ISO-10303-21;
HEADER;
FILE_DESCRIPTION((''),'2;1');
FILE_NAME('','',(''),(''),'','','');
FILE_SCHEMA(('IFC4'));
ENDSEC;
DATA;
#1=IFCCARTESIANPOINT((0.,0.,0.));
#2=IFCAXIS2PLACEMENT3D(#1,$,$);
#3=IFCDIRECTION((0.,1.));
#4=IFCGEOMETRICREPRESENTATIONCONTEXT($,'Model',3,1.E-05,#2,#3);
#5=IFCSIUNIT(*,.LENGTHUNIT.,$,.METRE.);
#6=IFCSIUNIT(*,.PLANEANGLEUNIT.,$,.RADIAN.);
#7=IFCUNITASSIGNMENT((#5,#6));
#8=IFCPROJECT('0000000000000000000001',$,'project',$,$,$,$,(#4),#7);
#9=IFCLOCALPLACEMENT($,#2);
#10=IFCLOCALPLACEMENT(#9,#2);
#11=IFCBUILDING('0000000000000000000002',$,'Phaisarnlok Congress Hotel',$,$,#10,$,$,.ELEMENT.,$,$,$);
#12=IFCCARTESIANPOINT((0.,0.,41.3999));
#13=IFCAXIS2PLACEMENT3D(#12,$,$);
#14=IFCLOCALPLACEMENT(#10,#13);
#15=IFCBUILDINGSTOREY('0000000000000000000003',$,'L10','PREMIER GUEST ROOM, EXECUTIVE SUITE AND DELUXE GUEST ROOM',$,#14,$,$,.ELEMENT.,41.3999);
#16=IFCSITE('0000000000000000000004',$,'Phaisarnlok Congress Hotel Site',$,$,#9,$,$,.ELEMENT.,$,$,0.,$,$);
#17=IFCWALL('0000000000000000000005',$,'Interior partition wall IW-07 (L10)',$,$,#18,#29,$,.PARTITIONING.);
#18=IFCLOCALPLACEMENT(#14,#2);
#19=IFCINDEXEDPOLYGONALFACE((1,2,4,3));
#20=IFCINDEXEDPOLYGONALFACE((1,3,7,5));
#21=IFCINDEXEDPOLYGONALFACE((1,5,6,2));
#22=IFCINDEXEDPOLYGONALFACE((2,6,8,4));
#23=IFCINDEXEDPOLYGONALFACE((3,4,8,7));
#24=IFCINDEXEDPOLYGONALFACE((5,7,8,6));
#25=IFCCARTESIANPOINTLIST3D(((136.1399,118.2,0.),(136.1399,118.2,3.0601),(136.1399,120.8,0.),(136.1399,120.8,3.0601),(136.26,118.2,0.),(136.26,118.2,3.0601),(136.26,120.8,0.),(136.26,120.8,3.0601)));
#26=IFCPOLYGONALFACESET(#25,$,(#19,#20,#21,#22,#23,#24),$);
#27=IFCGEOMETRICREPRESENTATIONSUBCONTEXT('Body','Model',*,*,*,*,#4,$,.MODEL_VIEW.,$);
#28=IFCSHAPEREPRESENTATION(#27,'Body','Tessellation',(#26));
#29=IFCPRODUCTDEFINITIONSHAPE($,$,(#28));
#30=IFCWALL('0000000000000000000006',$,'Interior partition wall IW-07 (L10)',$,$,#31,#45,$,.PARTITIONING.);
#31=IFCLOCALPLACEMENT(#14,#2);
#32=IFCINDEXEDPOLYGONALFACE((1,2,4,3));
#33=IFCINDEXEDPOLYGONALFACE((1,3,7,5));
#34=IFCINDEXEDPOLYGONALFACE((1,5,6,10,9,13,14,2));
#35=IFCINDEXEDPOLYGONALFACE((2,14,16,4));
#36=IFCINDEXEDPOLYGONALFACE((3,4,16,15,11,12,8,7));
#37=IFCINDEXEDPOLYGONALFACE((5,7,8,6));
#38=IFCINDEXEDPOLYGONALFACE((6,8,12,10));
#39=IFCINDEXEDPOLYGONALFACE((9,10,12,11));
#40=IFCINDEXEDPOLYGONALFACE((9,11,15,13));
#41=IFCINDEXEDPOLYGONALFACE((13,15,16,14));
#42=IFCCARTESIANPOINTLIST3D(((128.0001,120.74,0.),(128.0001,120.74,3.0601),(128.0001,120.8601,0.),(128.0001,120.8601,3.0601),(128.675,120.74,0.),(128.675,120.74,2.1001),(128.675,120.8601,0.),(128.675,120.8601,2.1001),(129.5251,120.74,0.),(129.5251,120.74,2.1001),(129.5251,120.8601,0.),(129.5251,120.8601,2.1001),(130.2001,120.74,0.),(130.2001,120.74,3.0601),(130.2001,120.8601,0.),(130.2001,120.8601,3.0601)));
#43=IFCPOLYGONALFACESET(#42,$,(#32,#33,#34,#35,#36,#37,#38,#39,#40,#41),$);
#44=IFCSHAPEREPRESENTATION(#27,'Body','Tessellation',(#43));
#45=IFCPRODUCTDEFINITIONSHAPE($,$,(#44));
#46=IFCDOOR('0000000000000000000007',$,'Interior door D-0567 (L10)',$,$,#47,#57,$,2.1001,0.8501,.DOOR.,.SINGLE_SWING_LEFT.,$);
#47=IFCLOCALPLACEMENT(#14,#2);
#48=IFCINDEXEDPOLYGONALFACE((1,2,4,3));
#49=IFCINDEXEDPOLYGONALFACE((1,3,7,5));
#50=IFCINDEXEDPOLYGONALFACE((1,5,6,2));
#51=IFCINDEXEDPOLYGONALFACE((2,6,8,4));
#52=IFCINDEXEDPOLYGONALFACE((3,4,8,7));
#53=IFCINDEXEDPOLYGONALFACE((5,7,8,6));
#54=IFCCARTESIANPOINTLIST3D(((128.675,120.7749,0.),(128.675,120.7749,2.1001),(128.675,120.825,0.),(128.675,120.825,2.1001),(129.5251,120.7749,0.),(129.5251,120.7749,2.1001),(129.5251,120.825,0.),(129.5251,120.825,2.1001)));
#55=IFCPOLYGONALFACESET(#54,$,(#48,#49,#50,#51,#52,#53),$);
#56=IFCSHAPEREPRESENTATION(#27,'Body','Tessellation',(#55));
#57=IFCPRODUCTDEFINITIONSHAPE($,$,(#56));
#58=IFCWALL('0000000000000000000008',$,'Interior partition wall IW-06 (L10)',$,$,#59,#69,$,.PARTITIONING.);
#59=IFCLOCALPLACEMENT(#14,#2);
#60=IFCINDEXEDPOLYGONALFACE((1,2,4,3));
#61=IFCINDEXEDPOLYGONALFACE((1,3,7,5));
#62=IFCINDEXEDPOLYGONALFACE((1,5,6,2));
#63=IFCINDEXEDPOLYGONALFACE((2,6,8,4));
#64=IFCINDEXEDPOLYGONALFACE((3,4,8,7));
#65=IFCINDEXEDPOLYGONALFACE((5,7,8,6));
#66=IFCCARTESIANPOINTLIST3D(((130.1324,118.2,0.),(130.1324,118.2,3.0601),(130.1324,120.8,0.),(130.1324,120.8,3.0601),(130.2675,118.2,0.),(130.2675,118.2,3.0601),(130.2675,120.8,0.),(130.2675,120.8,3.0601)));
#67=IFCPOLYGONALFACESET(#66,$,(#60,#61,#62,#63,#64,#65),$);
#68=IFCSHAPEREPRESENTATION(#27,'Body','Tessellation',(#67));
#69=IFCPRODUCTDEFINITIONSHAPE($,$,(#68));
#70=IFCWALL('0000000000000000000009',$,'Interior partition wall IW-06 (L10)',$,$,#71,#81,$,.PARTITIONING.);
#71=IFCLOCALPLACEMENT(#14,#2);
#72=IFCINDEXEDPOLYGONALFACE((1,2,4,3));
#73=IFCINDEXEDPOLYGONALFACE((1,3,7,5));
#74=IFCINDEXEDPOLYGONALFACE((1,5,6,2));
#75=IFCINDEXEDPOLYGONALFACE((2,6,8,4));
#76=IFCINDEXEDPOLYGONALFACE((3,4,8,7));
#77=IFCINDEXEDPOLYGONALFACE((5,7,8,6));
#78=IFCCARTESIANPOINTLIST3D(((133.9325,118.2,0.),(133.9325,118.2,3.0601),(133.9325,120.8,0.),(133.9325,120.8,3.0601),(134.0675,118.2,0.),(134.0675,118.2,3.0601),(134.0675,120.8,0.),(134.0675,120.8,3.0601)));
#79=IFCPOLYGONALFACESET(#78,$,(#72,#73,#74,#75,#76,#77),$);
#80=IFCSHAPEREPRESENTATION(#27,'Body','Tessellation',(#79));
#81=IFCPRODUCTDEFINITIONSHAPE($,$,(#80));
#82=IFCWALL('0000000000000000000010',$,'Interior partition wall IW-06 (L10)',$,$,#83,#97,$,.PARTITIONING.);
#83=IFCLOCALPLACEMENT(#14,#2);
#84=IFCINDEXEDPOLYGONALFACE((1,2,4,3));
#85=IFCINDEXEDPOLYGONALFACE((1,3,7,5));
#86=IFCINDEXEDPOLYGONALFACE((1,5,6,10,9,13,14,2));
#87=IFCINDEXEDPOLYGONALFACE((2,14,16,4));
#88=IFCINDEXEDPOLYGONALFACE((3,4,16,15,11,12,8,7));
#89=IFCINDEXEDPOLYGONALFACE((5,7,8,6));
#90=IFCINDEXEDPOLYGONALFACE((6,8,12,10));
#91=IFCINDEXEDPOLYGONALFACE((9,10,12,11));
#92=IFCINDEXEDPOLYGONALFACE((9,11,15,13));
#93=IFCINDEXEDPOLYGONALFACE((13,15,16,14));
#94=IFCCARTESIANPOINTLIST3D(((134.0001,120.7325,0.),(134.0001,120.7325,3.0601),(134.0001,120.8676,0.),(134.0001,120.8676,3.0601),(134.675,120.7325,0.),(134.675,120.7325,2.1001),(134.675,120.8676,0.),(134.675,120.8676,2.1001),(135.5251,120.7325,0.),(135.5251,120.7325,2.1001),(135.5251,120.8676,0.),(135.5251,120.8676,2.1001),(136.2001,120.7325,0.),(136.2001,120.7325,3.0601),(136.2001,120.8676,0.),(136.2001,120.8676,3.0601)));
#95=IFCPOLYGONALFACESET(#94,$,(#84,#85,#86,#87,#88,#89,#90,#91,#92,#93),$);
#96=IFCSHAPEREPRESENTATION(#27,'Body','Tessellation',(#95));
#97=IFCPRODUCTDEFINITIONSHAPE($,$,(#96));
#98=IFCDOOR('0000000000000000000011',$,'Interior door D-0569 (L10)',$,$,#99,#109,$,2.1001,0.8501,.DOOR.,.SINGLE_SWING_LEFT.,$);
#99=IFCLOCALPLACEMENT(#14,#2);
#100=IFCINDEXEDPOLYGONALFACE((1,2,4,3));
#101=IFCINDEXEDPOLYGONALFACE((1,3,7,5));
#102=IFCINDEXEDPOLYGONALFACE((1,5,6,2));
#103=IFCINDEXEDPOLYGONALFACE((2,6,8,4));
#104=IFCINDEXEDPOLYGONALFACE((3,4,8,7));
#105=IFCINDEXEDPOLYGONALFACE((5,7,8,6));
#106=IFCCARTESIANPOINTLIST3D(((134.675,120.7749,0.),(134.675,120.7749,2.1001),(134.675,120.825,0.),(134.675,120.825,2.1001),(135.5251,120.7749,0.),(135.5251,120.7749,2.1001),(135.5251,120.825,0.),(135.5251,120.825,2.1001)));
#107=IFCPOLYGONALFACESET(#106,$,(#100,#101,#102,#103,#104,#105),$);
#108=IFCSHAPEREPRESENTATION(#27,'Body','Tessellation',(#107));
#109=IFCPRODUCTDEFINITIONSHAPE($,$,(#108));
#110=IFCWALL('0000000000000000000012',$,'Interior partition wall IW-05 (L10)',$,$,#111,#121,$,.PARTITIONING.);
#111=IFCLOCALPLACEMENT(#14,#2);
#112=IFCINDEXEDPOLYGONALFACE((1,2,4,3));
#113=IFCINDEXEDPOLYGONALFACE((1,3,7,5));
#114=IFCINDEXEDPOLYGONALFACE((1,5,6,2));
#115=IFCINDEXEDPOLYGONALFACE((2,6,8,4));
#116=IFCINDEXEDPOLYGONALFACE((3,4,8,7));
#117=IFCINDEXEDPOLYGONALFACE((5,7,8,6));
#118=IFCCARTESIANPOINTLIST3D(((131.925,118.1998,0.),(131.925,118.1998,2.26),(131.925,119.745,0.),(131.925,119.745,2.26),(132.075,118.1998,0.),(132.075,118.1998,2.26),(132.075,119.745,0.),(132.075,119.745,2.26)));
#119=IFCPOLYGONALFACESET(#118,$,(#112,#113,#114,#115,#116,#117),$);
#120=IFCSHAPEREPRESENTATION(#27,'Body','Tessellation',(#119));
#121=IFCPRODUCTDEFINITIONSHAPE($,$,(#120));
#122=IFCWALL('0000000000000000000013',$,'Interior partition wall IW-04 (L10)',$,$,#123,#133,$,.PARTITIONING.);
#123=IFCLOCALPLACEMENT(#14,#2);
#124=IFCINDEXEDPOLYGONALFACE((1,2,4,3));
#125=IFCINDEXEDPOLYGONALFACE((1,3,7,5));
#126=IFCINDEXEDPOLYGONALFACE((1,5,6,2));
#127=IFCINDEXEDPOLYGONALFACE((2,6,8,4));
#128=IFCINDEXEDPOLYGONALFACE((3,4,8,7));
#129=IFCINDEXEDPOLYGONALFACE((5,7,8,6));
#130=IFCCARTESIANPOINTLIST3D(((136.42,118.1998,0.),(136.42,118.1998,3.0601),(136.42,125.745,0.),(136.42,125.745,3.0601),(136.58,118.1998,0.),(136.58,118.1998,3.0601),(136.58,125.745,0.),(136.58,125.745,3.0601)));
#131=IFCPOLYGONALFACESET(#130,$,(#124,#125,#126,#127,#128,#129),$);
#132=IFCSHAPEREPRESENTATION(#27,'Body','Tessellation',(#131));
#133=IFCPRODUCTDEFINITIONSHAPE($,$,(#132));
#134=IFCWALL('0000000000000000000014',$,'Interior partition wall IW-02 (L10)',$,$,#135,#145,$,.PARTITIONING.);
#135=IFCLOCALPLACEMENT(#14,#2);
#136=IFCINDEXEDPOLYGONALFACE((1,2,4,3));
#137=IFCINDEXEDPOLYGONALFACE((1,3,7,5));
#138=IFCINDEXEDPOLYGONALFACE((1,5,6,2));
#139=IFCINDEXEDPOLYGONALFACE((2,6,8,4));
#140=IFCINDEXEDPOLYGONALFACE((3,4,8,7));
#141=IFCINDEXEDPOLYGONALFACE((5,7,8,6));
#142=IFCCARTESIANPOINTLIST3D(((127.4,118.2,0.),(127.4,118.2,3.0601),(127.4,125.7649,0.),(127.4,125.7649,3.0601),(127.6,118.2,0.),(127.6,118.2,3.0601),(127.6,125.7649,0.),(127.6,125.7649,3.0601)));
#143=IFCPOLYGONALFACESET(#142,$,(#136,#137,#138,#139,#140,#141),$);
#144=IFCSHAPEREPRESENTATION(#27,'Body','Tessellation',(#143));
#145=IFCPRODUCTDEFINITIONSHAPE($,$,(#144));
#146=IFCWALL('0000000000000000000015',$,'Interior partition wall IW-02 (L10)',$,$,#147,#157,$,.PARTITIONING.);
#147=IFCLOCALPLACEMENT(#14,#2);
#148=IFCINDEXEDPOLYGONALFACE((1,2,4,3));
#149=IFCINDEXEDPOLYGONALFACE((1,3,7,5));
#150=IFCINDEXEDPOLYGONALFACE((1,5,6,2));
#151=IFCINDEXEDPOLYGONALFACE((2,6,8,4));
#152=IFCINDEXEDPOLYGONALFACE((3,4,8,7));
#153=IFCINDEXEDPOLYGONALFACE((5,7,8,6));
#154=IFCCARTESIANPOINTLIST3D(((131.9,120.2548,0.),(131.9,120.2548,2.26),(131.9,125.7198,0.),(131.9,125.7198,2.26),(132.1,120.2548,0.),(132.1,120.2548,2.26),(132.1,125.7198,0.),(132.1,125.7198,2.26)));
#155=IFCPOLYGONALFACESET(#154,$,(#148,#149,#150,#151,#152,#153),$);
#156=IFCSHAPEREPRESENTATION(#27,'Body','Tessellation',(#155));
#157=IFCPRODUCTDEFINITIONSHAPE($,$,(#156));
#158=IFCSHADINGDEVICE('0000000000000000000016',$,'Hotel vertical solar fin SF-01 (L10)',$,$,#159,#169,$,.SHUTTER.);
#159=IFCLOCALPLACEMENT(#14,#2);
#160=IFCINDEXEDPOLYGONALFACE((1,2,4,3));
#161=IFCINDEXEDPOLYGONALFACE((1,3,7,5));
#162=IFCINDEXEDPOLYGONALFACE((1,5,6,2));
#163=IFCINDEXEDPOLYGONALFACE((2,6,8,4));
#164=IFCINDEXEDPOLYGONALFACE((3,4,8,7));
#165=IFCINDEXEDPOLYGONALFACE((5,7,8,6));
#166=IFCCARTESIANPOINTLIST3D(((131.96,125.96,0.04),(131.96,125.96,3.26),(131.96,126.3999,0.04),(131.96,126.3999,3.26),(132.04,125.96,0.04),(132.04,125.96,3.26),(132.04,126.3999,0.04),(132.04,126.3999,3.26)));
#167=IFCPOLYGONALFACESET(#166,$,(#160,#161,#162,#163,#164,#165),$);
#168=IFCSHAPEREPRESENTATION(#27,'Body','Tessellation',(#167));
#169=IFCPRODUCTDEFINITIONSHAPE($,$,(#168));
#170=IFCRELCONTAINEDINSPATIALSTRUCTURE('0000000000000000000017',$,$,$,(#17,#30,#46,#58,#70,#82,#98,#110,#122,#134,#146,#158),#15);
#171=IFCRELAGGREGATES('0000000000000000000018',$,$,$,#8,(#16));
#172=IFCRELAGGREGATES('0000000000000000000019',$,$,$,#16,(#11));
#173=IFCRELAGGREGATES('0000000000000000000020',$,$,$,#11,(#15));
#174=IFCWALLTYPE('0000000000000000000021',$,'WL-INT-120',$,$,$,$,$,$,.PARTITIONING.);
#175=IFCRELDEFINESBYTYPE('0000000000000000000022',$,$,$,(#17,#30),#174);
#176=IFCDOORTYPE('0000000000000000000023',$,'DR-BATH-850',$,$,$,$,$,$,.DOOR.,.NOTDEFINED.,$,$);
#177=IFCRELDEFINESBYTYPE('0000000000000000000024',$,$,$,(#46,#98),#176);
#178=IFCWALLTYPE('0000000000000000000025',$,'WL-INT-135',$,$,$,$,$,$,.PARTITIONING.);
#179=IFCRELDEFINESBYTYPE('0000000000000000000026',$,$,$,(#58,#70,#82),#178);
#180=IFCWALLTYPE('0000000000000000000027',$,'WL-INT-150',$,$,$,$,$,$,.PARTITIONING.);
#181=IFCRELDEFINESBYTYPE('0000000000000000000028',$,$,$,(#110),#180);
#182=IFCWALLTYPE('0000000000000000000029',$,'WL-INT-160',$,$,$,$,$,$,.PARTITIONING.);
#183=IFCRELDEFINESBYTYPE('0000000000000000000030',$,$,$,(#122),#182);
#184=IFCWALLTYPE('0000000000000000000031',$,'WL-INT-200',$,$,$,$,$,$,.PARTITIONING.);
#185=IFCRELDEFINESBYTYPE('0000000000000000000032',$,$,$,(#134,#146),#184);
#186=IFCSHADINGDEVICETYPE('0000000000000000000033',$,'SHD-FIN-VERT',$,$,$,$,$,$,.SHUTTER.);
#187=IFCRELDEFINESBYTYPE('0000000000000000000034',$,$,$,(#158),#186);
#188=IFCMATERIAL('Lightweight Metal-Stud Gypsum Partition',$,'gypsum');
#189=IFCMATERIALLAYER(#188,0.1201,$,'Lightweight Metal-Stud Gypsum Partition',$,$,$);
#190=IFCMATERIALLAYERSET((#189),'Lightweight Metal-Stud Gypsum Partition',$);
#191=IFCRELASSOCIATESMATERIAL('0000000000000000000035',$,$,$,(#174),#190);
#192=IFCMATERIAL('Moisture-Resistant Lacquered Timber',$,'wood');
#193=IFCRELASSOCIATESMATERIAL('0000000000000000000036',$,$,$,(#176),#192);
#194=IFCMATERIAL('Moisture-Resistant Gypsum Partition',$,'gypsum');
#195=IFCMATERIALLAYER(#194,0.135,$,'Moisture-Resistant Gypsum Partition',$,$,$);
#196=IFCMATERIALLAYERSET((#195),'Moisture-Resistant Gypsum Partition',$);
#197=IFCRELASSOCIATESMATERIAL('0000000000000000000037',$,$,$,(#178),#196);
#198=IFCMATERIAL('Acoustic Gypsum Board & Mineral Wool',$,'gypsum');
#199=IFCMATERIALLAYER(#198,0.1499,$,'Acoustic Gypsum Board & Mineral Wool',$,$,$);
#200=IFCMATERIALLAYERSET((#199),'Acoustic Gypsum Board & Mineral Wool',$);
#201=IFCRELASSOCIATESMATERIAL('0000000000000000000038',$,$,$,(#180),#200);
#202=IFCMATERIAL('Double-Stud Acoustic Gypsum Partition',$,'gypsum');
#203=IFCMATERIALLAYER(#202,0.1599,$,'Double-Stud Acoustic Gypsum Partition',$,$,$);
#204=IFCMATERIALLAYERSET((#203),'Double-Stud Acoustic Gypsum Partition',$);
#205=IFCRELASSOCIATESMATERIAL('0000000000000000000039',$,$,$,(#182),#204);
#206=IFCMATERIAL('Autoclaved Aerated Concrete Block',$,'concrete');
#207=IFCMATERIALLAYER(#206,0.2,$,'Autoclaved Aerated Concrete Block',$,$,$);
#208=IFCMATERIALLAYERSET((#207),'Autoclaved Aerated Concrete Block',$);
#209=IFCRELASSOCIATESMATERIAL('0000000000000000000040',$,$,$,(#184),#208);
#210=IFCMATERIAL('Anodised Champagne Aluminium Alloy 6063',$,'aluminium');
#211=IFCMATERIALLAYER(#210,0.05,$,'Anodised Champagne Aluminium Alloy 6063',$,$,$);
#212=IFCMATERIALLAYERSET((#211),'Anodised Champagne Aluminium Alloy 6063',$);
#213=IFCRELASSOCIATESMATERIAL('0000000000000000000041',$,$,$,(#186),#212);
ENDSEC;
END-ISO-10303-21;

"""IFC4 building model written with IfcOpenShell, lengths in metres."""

from ifc_helpers import new_model, si_unit, direction, frame, frame_2d, origin, origin_2d, place, context, subcontext, project, spatial, rectangle, extrude, material, layer, layer_set, type_object, element, fill, save


model = new_model("IFC4")

# Units and contexts
model_context = context("Model", 3, precision=1e-05, world=origin(), true_north=direction((0.0, 1.0)))
body_context = subcontext(model_context, "Body", "Model", "MODEL_VIEW")
ifc_project = project(units=[si_unit("LENGTHUNIT", "METRE"), si_unit("PLANEANGLEUNIT", "RADIAN")], contexts=[model_context])

# Site, building, storey
site_placement = place(None, origin())
site = spatial("IfcSite", under=ifc_project, at=site_placement, Name="Phaisarnlok Congress Hotel Site", CompositionType="ELEMENT", RefElevation=0.0)
building_placement = place(site_placement, origin())
building = spatial("IfcBuilding", under=site, at=building_placement, Name="Phaisarnlok Congress Hotel", CompositionType="ELEMENT")
storey_placement = place(building_placement, frame((0.0, 0.0, 41.3999)))
storey = spatial("IfcBuildingStorey", under=building, at=storey_placement, Name="L10", Description="PREMIER GUEST ROOM, EXECUTIVE SUITE AND DELUXE GUEST ROOM", CompositionType="ELEMENT", Elevation=41.3999)

# Wall
ifc_material_1 = material(Name="Lightweight Metal-Stud Gypsum Partition", Category="gypsum")
ifc_layer_1 = layer(ifc_material_1, 0.1201, Name="Lightweight Metal-Stud Gypsum Partition")
ifc_layer_set_1 = layer_set([ifc_layer_1], Name="Lightweight Metal-Stud Gypsum Partition")
wall_type_1 = type_object("IfcWallType", Name="WL-INT-120", PredefinedType="PARTITIONING", material=ifc_layer_set_1)
for number, where, z_axis, x_axis, name in (
    (1, (136.2, 118.2, 0.0), (0.0, 0.0, 1.0), (0.0, 1.0, 0.0), "Interior partition wall IW-07 (L10)"),
):
    element("IfcWall", number, at=place(storey_placement, frame(where, z_axis=z_axis, x_axis=x_axis)), inside=storey, type_object=wall_type_1, Name=name, PredefinedType="PARTITIONING", context=body_context, shape_type="SweptSolid", body=[
        extrude(rectangle(XDim=2.6001, YDim=0.1201, at=frame_2d((1.3, 0.0))), origin(), (0.0, 0.0, 1.0), 3.0601),
    ])

# Wall, opening, door
wall_1_placement = place(storey_placement, frame((128.0, 120.8, 0.0), z_axis=(0.0, 0.0, 1.0), x_axis=(1.0, 0.0, 0.0)))
wall_1 = element("IfcWall", 2, at=wall_1_placement, inside=storey, type_object=wall_type_1, Name="Interior partition wall IW-07 (L10)", PredefinedType="PARTITIONING", context=body_context, shape_type="SweptSolid", body=[
    extrude(rectangle(XDim=2.2, YDim=0.1201, at=frame_2d((1.1001, 0.0))), origin(), (0.0, 0.0, 1.0), 3.0601),
])
opening_1_placement = place(wall_1_placement, frame((0.675, 0.0, 0.0)))
opening_1 = element("IfcOpeningElement", 3, at=opening_1_placement, cuts=wall_1, PredefinedType="OPENING", context=body_context, shape_type="SweptSolid", body=[
    extrude(rectangle(XDim=0.8501, YDim=2.1001, at=frame_2d((0.425, 1.05))), frame((0.0, 0.0701, 0.0), z_axis=(0.0, -1.0, 0.0), x_axis=(1.0, 0.0, 0.0)), (0.0, 0.0, 1.0), 0.1401),
])
ifc_material_2 = material(Name="Moisture-Resistant Lacquered Timber", Category="wood")
door_type = type_object("IfcDoorType", Name="DR-BATH-850", OperationType="NOTDEFINED", PredefinedType="DOOR", material=ifc_material_2)
door_1_placement = place(opening_1_placement, origin())
door_1 = element("IfcDoor", 4, at=door_1_placement, inside=storey, type_object=door_type, Name="Interior door D-0567 (L10)", OperationType="SINGLE_SWING_LEFT", OverallHeight=2.1001, OverallWidth=0.8501, PredefinedType="DOOR", context=body_context, shape_type="SweptSolid", body=[
    extrude(rectangle(XDim=0.8501, YDim=2.1001, at=frame_2d((0.425, 1.05))), frame((0.0, 0.0249, 0.0), z_axis=(0.0, -1.0, 0.0), x_axis=(1.0, 0.0, 0.0)), (0.0, 0.0, 1.0), 0.05),
])
fill(opening_1, door_1)

# Walls
ifc_material_3 = material(Name="Moisture-Resistant Gypsum Partition", Category="gypsum")
ifc_layer_2 = layer(ifc_material_3, 0.135, Name="Moisture-Resistant Gypsum Partition")
ifc_layer_set_2 = layer_set([ifc_layer_2], Name="Moisture-Resistant Gypsum Partition")
wall_type_2 = type_object("IfcWallType", Name="WL-INT-135", PredefinedType="PARTITIONING", material=ifc_layer_set_2)
for number, where, z_axis, x_axis, name in (
    (5, (130.2, 118.2, 0.0), (0.0, 0.0, 1.0), (0.0, 1.0, 0.0), "Interior partition wall IW-06 (L10)"),
    (6, (134.0, 118.2, 0.0), (0.0, 0.0, 1.0), (0.0, 1.0, 0.0), "Interior partition wall IW-06 (L10)"),
):
    element("IfcWall", number, at=place(storey_placement, frame(where, z_axis=z_axis, x_axis=x_axis)), inside=storey, type_object=wall_type_2, Name=name, PredefinedType="PARTITIONING", context=body_context, shape_type="SweptSolid", body=[
        extrude(rectangle(XDim=2.6001, YDim=0.135, at=frame_2d((1.3, 0.0))), origin(), (0.0, 0.0, 1.0), 3.0601),
    ])

# Wall, opening, door
wall_2_placement = place(storey_placement, frame((134.0, 120.8, 0.0), z_axis=(0.0, 0.0, 1.0), x_axis=(1.0, 0.0, 0.0)))
wall_2 = element("IfcWall", 7, at=wall_2_placement, inside=storey, type_object=wall_type_2, Name="Interior partition wall IW-06 (L10)", PredefinedType="PARTITIONING", context=body_context, shape_type="SweptSolid", body=[
    extrude(rectangle(XDim=2.2, YDim=0.135, at=frame_2d((1.1001, 0.0))), origin(), (0.0, 0.0, 1.0), 3.0601),
])
opening_2_placement = place(wall_2_placement, frame((0.675, 0.0, 0.0)))
opening_2 = element("IfcOpeningElement", 8, at=opening_2_placement, cuts=wall_2, PredefinedType="OPENING", context=body_context, shape_type="SweptSolid", body=[
    extrude(rectangle(XDim=0.8501, YDim=2.1001, at=frame_2d((0.425, 1.05))), frame((0.0, 0.0776, 0.0), z_axis=(0.0, -1.0, 0.0), x_axis=(1.0, 0.0, 0.0)), (0.0, 0.0, 1.0), 0.155),
])
door_2_placement = place(opening_2_placement, origin())
door_2 = element("IfcDoor", 9, at=door_2_placement, inside=storey, type_object=door_type, Name="Interior door D-0569 (L10)", OperationType="SINGLE_SWING_LEFT", OverallHeight=2.1001, OverallWidth=0.8501, PredefinedType="DOOR", context=body_context, shape_type="SweptSolid", body=[
    extrude(rectangle(XDim=0.8501, YDim=2.1001, at=frame_2d((0.425, 1.05))), frame((0.0, 0.0249, 0.0), z_axis=(0.0, -1.0, 0.0), x_axis=(1.0, 0.0, 0.0)), (0.0, 0.0, 1.0), 0.05),
])
fill(opening_2, door_2)

# Walls
ifc_material_4 = material(Name="Acoustic Gypsum Board & Mineral Wool", Category="gypsum")
ifc_layer_3 = layer(ifc_material_4, 0.1499, Name="Acoustic Gypsum Board & Mineral Wool")
ifc_layer_set_3 = layer_set([ifc_layer_3], Name="Acoustic Gypsum Board & Mineral Wool")
wall_type_3 = type_object("IfcWallType", Name="WL-INT-150", PredefinedType="PARTITIONING", material=ifc_layer_set_3)
wall_3_placement = place(storey_placement, frame((132.0, 118.2, 0.0), z_axis=(0.0, 0.0, 1.0), x_axis=(0.0, 1.0, 0.0)))
element("IfcWall", 10, at=wall_3_placement, inside=storey, type_object=wall_type_3, Name="Interior partition wall IW-05 (L10)", PredefinedType="PARTITIONING", context=body_context, shape_type="SweptSolid", body=[
    extrude(rectangle(XDim=1.5452, YDim=0.1499, at=frame_2d((0.7725, 0.0))), origin(), (0.0, 0.0, 1.0), 2.26),
])
ifc_material_5 = material(Name="Double-Stud Acoustic Gypsum Partition", Category="gypsum")
ifc_layer_4 = layer(ifc_material_5, 0.1599, Name="Double-Stud Acoustic Gypsum Partition")
ifc_layer_set_4 = layer_set([ifc_layer_4], Name="Double-Stud Acoustic Gypsum Partition")
wall_type_4 = type_object("IfcWallType", Name="WL-INT-160", PredefinedType="PARTITIONING", material=ifc_layer_set_4)
wall_4_placement = place(storey_placement, frame((136.5, 118.2, 0.0), z_axis=(0.0, 0.0, 1.0), x_axis=(0.0, 1.0, 0.0)))
element("IfcWall", 11, at=wall_4_placement, inside=storey, type_object=wall_type_4, Name="Interior partition wall IW-04 (L10)", PredefinedType="PARTITIONING", context=body_context, shape_type="SweptSolid", body=[
    extrude(rectangle(XDim=7.5452, YDim=0.1599, at=frame_2d((3.7725, 0.0))), origin(), (0.0, 0.0, 1.0), 3.0601),
])
ifc_material_6 = material(Name="Autoclaved Aerated Concrete Block", Category="concrete")
ifc_layer_5 = layer(ifc_material_6, 0.2, Name="Autoclaved Aerated Concrete Block")
ifc_layer_set_5 = layer_set([ifc_layer_5], Name="Autoclaved Aerated Concrete Block")
wall_type_5 = type_object("IfcWallType", Name="WL-INT-200", PredefinedType="PARTITIONING", material=ifc_layer_set_5)
wall_5_placement = place(storey_placement, frame((127.5, 118.2, 0.0), z_axis=(0.0, 0.0, 1.0), x_axis=(0.0, 1.0, 0.0)))
element("IfcWall", 12, at=wall_5_placement, inside=storey, type_object=wall_type_5, Name="Interior partition wall IW-02 (L10)", PredefinedType="PARTITIONING", context=body_context, shape_type="SweptSolid", body=[
    extrude(rectangle(XDim=7.5649, YDim=0.2, at=frame_2d((3.7825, 0.0))), origin(), (0.0, 0.0, 1.0), 3.0601),
])
wall_6_placement = place(storey_placement, frame((132.0, 120.2549, 0.0), z_axis=(0.0, 0.0, 1.0), x_axis=(0.0, 1.0, 0.0)))
element("IfcWall", 13, at=wall_6_placement, inside=storey, type_object=wall_type_5, Name="Interior partition wall IW-02 (L10)", PredefinedType="PARTITIONING", context=body_context, shape_type="SweptSolid", body=[
    extrude(rectangle(XDim=5.4651, YDim=0.2, at=frame_2d((2.7324, 0.0))), origin(), (0.0, 0.0, 1.0), 2.26),
])

# Shading device
ifc_material_7 = material(Name="Anodised Champagne Aluminium Alloy 6063", Category="aluminium")
ifc_layer_6 = layer(ifc_material_7, 0.05, Name="Anodised Champagne Aluminium Alloy 6063")
ifc_layer_set_6 = layer_set([ifc_layer_6], Name="Anodised Champagne Aluminium Alloy 6063")
shading_device_type = type_object("IfcShadingDeviceType", Name="SHD-FIN-VERT", PredefinedType="SHUTTER", material=ifc_layer_set_6)
shading_device_placement = place(storey_placement, frame((132.0, 126.1799, 0.04), z_axis=(0.0, 0.0, 1.0), x_axis=(1.0, 0.0, 0.0)))
element("IfcShadingDevice", 14, at=shading_device_placement, inside=storey, type_object=shading_device_type, Name="Hotel vertical solar fin SF-01 (L10)", PredefinedType="SHUTTER", context=body_context, shape_type="SweptSolid", body=[
    extrude(rectangle(XDim=0.0801, YDim=0.4399, at=origin_2d()), origin(), (0.0, 0.0, 1.0), 3.22),
])

save(model, "model.ifc")
